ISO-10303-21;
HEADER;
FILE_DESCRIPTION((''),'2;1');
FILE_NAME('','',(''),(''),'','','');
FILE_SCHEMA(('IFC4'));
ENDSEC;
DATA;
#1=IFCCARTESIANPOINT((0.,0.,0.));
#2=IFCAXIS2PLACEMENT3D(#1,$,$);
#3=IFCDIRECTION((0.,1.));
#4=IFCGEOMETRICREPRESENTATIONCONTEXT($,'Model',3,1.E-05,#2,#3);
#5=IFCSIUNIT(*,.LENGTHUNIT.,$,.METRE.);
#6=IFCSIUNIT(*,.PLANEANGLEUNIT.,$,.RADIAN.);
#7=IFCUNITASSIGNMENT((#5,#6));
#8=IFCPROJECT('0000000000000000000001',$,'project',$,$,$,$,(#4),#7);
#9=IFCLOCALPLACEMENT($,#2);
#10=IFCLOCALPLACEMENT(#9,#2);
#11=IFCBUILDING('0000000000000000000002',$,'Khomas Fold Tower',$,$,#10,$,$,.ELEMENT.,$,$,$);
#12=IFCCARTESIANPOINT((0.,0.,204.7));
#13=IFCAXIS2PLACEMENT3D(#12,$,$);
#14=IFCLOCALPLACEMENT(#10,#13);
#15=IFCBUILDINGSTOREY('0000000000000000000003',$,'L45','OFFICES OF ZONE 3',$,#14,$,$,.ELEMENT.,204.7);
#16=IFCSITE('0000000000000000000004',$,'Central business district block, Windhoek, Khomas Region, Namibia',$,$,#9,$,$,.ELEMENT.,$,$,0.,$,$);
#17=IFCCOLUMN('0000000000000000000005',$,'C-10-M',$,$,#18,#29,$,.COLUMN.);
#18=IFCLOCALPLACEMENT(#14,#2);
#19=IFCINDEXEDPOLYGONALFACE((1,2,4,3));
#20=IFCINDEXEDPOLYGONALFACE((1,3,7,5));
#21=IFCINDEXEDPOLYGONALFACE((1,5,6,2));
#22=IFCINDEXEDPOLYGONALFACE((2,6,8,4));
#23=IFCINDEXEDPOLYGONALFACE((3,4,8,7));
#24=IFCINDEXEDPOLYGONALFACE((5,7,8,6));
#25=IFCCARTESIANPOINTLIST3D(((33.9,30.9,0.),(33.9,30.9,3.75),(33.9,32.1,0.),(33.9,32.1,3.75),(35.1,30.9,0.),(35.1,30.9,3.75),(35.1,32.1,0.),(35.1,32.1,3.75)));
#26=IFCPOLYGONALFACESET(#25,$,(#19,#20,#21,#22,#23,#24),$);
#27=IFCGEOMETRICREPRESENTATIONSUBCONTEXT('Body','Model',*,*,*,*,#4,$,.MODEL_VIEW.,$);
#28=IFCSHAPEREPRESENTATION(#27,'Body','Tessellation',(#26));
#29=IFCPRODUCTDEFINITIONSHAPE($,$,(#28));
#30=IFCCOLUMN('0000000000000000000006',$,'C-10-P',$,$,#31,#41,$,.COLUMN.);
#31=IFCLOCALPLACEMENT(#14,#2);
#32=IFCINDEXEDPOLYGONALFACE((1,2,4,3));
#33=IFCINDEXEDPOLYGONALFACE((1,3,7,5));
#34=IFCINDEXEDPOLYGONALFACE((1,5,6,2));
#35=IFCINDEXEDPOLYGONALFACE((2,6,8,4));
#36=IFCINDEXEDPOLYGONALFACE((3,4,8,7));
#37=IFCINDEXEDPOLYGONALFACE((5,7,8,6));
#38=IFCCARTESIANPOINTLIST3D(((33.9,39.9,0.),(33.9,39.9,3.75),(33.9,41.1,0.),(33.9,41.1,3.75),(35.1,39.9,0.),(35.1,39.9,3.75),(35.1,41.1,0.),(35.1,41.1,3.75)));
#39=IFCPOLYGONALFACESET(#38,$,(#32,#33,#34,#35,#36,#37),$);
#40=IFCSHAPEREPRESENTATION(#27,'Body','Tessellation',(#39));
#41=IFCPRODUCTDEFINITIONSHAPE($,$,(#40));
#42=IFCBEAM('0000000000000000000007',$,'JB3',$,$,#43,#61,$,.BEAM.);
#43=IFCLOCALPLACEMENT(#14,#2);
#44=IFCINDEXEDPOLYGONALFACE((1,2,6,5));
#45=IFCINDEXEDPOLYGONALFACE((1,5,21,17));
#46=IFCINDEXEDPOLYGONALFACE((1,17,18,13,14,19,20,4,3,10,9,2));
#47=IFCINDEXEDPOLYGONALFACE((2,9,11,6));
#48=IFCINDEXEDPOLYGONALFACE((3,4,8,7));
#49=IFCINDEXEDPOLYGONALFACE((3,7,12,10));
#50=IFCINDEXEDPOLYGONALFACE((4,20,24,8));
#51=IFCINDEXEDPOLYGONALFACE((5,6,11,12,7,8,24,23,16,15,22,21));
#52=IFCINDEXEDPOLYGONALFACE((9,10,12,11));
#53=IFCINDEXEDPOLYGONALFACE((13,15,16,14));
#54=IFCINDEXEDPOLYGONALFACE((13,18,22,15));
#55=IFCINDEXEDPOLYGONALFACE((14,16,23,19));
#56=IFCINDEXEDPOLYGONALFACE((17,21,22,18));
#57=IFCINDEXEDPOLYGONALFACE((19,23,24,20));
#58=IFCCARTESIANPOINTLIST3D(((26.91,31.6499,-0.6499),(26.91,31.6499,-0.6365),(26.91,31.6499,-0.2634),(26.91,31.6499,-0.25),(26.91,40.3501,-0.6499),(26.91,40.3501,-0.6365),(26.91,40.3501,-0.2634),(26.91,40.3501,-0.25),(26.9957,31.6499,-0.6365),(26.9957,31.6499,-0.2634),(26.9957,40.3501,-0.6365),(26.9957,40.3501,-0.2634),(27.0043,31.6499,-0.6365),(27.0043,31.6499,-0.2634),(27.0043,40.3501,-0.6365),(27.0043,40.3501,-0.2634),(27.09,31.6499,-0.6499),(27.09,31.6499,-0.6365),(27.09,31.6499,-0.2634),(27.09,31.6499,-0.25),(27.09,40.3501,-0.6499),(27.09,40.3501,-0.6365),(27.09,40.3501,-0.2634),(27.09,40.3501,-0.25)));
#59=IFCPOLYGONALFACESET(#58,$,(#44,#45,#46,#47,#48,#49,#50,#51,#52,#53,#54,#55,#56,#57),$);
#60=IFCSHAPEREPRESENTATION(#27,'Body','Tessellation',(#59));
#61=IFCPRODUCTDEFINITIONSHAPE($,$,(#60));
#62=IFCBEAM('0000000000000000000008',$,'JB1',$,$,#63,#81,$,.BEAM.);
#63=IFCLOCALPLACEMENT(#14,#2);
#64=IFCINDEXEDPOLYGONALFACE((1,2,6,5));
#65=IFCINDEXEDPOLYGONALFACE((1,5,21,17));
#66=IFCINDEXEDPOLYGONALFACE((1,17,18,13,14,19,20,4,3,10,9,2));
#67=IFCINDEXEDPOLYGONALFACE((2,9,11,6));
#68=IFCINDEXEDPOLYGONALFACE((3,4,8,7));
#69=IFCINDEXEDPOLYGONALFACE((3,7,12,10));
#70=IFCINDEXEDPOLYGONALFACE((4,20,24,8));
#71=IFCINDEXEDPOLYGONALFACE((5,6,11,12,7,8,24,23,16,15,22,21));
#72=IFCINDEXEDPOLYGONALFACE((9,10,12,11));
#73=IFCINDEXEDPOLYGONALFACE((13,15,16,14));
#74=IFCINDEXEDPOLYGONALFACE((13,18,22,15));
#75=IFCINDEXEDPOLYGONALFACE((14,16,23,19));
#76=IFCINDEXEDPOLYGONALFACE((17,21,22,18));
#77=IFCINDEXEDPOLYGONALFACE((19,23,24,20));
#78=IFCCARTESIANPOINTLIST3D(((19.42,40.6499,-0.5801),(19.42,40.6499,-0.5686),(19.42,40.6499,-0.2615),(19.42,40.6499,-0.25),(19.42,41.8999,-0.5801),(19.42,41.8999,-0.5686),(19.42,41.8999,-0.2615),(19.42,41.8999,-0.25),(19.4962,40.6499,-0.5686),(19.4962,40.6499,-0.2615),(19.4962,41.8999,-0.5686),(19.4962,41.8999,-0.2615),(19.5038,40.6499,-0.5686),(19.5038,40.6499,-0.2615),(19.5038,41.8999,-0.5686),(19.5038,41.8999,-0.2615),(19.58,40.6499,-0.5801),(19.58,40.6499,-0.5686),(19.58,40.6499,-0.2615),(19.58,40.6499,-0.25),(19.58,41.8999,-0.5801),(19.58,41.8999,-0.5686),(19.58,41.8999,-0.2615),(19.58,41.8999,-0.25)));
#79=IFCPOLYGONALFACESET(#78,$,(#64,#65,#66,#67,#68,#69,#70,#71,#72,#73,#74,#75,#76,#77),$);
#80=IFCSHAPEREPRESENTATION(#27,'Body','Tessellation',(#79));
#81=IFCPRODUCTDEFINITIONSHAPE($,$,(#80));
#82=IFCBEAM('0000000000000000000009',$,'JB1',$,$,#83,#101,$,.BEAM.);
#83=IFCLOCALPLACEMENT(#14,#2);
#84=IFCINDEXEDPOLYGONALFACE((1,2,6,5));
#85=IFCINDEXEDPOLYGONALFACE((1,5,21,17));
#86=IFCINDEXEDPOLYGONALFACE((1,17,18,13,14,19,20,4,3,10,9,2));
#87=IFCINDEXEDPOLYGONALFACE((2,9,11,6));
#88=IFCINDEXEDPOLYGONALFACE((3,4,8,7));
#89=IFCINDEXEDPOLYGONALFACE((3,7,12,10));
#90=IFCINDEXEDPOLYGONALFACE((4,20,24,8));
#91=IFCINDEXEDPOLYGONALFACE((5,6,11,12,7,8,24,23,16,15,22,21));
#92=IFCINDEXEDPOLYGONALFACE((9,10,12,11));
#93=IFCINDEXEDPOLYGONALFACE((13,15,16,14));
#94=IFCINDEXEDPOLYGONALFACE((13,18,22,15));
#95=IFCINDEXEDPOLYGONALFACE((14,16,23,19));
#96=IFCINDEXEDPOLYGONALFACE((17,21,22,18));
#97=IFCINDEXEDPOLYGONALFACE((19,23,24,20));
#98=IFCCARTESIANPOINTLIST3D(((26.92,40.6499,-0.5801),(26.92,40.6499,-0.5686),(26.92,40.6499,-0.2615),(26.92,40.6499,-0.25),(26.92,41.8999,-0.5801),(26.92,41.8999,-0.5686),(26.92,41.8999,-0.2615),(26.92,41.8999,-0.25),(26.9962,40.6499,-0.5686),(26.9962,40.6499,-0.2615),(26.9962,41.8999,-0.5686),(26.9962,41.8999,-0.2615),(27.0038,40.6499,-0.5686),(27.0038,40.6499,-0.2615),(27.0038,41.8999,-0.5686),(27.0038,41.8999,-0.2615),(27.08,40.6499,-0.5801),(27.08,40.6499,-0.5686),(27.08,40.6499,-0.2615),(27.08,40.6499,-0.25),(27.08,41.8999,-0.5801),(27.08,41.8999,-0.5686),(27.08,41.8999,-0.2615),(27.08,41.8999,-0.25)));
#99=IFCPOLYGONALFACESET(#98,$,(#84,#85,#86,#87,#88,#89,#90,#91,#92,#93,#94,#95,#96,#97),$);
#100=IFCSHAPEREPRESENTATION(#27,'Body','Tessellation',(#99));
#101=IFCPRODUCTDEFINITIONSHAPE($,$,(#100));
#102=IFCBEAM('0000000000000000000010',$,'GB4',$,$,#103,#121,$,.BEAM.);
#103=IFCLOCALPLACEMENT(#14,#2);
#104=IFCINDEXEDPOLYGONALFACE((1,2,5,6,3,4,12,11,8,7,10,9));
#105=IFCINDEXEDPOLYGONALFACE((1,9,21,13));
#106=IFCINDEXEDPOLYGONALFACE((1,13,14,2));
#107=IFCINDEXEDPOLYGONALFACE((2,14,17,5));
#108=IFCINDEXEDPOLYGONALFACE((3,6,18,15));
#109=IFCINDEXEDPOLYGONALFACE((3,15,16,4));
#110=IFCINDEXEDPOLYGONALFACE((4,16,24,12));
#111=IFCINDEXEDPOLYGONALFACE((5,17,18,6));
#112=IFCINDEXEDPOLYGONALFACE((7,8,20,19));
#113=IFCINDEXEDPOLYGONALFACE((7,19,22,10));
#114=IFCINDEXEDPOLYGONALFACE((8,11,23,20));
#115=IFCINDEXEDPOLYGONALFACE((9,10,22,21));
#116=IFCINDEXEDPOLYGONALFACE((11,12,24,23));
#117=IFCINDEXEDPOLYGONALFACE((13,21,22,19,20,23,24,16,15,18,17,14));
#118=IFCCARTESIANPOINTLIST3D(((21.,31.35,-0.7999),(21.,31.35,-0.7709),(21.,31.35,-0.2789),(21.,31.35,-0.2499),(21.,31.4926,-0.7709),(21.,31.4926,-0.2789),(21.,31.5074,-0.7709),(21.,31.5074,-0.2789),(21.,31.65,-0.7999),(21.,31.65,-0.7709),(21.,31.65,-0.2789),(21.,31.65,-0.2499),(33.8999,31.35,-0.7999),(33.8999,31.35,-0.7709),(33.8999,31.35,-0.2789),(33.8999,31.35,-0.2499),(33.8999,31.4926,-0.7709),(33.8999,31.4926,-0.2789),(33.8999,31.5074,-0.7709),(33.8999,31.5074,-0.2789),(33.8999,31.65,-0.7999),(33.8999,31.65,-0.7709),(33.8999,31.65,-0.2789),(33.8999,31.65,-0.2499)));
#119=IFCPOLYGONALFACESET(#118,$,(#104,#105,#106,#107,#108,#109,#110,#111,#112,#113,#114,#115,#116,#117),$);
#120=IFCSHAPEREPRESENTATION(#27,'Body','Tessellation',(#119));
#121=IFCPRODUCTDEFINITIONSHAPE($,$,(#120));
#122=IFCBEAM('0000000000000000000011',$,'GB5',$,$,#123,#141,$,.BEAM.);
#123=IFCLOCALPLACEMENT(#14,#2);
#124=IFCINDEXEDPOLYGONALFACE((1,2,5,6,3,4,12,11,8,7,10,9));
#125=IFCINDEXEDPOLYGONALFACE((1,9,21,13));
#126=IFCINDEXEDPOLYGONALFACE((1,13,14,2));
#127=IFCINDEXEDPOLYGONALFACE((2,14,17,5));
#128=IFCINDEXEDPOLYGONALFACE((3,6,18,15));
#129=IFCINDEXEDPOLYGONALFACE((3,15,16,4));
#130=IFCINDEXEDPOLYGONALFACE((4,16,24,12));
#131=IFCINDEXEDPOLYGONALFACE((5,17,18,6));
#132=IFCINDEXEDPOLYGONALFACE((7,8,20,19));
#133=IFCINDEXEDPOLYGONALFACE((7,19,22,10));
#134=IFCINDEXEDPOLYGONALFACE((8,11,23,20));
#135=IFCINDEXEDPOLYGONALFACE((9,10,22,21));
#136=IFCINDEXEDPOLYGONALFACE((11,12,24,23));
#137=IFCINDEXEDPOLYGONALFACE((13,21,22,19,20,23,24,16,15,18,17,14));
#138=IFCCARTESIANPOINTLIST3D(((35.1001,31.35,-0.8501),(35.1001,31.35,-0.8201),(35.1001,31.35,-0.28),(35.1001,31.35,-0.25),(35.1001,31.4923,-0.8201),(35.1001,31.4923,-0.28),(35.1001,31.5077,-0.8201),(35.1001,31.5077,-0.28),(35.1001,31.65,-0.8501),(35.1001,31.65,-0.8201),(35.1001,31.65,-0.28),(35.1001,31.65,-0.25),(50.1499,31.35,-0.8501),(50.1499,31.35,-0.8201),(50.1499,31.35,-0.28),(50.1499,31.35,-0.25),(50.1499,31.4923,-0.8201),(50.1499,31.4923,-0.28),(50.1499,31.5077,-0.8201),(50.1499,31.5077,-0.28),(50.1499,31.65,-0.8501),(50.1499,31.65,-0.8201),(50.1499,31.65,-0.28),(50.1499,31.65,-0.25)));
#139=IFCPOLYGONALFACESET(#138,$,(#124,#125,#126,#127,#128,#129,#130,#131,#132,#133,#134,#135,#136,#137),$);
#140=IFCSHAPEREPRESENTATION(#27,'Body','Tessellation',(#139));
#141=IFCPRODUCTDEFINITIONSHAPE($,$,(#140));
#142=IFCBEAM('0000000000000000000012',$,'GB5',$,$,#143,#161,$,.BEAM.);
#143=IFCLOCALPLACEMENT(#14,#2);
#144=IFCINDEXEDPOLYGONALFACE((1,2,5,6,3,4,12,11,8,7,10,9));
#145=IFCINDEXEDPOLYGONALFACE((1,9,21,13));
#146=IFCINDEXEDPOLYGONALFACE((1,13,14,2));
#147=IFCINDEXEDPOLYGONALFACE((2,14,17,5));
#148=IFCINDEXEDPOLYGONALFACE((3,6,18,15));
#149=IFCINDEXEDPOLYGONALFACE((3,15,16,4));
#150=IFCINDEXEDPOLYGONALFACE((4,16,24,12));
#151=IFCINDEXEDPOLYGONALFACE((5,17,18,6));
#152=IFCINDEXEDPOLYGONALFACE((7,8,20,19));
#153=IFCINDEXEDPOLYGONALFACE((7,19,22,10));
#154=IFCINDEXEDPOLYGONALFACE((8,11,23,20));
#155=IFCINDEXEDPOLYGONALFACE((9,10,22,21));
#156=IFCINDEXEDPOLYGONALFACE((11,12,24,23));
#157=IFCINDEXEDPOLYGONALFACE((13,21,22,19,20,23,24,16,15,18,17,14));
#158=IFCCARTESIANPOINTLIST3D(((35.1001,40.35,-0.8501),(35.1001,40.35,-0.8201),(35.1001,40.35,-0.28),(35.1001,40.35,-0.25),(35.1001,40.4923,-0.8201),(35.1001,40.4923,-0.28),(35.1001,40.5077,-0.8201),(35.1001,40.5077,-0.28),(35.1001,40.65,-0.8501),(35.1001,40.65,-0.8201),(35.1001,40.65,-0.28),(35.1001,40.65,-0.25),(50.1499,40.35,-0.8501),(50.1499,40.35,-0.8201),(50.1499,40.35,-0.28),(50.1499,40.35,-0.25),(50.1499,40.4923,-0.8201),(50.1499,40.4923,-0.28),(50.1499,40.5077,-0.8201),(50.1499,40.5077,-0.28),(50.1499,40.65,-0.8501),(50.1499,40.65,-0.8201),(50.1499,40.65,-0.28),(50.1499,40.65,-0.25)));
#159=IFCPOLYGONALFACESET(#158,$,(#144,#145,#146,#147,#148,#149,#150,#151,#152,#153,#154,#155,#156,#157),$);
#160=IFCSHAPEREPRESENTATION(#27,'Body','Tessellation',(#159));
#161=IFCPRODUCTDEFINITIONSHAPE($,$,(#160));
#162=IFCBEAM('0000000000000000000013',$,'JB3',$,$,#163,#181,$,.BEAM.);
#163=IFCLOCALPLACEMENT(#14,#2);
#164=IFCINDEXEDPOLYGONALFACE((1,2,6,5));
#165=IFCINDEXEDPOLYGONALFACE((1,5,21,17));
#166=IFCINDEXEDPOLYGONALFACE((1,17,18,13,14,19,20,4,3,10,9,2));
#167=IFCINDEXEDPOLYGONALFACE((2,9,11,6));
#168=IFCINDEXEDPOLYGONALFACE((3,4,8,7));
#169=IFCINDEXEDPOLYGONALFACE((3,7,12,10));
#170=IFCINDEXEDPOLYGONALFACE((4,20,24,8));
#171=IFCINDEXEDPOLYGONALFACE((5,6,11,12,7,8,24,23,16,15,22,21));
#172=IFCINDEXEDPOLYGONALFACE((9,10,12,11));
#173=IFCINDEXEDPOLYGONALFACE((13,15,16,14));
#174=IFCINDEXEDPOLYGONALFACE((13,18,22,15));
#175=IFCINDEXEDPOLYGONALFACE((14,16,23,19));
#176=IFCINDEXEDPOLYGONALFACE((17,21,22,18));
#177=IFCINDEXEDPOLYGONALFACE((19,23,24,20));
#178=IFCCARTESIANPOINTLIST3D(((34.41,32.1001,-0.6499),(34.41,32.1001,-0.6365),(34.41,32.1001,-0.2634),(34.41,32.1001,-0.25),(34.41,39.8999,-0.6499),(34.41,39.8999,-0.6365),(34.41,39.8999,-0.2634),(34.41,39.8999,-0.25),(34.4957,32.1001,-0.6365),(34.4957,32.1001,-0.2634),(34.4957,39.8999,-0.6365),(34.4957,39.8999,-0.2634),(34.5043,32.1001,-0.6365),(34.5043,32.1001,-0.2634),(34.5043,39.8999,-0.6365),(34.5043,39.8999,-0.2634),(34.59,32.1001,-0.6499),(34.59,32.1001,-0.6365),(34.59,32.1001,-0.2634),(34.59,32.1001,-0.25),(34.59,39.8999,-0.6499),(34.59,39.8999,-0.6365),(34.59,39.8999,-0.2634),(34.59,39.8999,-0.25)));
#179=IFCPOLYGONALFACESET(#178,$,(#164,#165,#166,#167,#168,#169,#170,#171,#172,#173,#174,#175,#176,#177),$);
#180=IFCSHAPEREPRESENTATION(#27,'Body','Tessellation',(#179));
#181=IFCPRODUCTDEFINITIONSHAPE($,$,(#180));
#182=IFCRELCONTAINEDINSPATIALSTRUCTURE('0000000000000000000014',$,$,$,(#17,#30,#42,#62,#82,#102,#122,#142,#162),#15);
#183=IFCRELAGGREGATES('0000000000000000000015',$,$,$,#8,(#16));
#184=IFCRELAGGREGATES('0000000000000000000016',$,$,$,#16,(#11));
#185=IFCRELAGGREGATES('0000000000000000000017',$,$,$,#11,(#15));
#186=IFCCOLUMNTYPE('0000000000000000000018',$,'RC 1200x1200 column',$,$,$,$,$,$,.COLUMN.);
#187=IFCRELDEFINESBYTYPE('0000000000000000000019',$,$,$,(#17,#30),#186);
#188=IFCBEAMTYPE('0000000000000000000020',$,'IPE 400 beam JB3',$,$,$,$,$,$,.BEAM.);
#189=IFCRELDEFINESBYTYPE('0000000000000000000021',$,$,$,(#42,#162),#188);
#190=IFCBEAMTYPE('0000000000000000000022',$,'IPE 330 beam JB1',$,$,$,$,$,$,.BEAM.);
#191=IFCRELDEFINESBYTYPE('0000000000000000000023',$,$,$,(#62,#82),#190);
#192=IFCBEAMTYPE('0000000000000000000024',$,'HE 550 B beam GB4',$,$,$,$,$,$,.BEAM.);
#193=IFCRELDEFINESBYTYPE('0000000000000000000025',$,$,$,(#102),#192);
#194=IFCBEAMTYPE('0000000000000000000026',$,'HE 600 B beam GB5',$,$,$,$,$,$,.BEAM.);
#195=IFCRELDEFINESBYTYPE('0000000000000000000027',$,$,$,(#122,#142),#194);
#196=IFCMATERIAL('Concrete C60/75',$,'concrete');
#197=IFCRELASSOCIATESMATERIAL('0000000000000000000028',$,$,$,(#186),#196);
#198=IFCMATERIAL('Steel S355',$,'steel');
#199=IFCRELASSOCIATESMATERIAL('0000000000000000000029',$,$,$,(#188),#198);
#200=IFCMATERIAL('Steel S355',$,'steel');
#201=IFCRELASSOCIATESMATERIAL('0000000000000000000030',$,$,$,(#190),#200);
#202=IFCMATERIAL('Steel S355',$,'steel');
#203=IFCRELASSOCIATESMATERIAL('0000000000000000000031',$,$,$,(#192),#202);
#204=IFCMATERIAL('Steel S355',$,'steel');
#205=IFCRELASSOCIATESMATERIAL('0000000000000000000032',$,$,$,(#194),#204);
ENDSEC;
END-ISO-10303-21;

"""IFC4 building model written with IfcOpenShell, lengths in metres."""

from ifc_helpers import new_model, si_unit, direction, frame, origin, origin_2d, place, context, subcontext, project, spatial, rectangle, i_section, extrude, source, transform, mapped, material, material_profile, profile_set, type_object, element, save


model = new_model("IFC4")

# Units and contexts
model_context = context("Model", 3, precision=1e-05, world=origin(), true_north=direction((0.0, 1.0)))
body_context = subcontext(model_context, "Body", "Model", "MODEL_VIEW")
ifc_project = project(units=[si_unit("LENGTHUNIT", "METRE"), si_unit("PLANEANGLEUNIT", "RADIAN")], contexts=[model_context])

# Site, building, storey
site_placement = place(None, origin())
site = spatial("IfcSite", under=ifc_project, at=site_placement, Name="Central business district block, Windhoek, Khomas Region, Namibia", CompositionType="ELEMENT", RefElevation=0.0)
building_placement = place(site_placement, origin())
building = spatial("IfcBuilding", under=site, at=building_placement, Name="Khomas Fold Tower", CompositionType="ELEMENT")
storey_placement = place(building_placement, frame((0.0, 0.0, 204.7)))
storey = spatial("IfcBuildingStorey", under=building, at=storey_placement, Name="L45", Description="OFFICES OF ZONE 3", CompositionType="ELEMENT", Elevation=204.7)

# Columns
ifc_material_1 = material(Name="Concrete C60/75", Category="concrete")
ifc_material_profile_1 = material_profile(ifc_material_1, rectangle(XDim=1.2, YDim=1.2, at=origin_2d()), Name="RC 1200x1200")
ifc_profile_set_1 = profile_set([ifc_material_profile_1], Name="Concrete C60/75")
column_type = type_object("IfcColumnType", Name="RC 1200x1200 column", PredefinedType="COLUMN", material=ifc_profile_set_1)
shared_shape_1 = source(origin(), body_context, "Body", "SweptSolid", [
    extrude(rectangle(XDim=1.2, YDim=1.2, at=origin_2d()), origin(), (0.0, 0.0, 1.0), 3.75),
])
for number, where, z_axis, x_axis, name in (
    (1, (34.5, 31.5, 0.0), (0.0, 0.0, 1.0), (1.0, 0.0, 0.0), "C-10-M"),
    (2, (34.5, 40.5, 0.0), (0.0, 0.0, 1.0), (1.0, 0.0, 0.0), "C-10-P"),
):
    element("IfcColumn", number, at=place(storey_placement, frame(where, z_axis=z_axis, x_axis=x_axis)), inside=storey, type_object=column_type, Name=name, PredefinedType="COLUMN", context=body_context, shape_type="MappedRepresentation", body=[
        mapped(shared_shape_1, transform((0.0, 0.0, 0.0))),
    ])

# Beams
ifc_material_2 = material(Name="Steel S355", Category="steel")
ifc_material_profile_2 = material_profile(ifc_material_2, i_section(OverallWidth=0.1799, OverallDepth=0.3999, WebThickness=0.0085, FlangeThickness=0.0134, at=origin_2d()), Name="IPE 400")
ifc_profile_set_2 = profile_set([ifc_material_profile_2], Name="Steel S355")
beam_type_1 = type_object("IfcBeamType", Name="IPE 400 beam JB3", PredefinedType="BEAM", material=ifc_profile_set_2)
shared_shape_2 = source(origin(), body_context, "Body", "SweptSolid", [
    extrude(i_section(OverallWidth=0.1799, OverallDepth=0.3999, WebThickness=0.0085, FlangeThickness=0.0134, at=origin_2d()), origin(), (0.0, 0.0, 1.0), 8.7002),
])
beam_1_placement = place(storey_placement, frame((27.0, 31.6499, -0.45), z_axis=(0.0, 1.0, 0.0), x_axis=(-1.0, 0.0, 0.0)))
element("IfcBeam", 3, at=beam_1_placement, inside=storey, type_object=beam_type_1, Name="JB3", PredefinedType="BEAM", context=body_context, shape_type="MappedRepresentation", body=[
    mapped(shared_shape_2, transform((0.0, 0.0, 0.0))),
])
ifc_material_3 = material(Name="Steel S355", Category="steel")
ifc_material_profile_3 = material_profile(ifc_material_3, i_section(OverallWidth=0.1599, OverallDepth=0.3301, WebThickness=0.0076, FlangeThickness=0.0115, at=origin_2d()), Name="IPE 330")
ifc_profile_set_3 = profile_set([ifc_material_profile_3], Name="Steel S355")
beam_type_2 = type_object("IfcBeamType", Name="IPE 330 beam JB1", PredefinedType="BEAM", material=ifc_profile_set_3)
shared_shape_3 = source(origin(), body_context, "Body", "SweptSolid", [
    extrude(i_section(OverallWidth=0.1599, OverallDepth=0.3301, WebThickness=0.0076, FlangeThickness=0.0115, at=origin_2d()), origin(), (0.0, 0.0, 1.0), 1.25),
])
for number, where, z_axis, x_axis, name in (
    (4, (19.5, 40.6499, -0.415), (0.0, 1.0, 0.0), (-1.0, 0.0, 0.0), "JB1"),
    (5, (27.0, 40.6499, -0.415), (0.0, 1.0, 0.0), (-1.0, 0.0, 0.0), "JB1"),
):
    element("IfcBeam", number, at=place(storey_placement, frame(where, z_axis=z_axis, x_axis=x_axis)), inside=storey, type_object=beam_type_2, Name=name, PredefinedType="BEAM", context=body_context, shape_type="MappedRepresentation", body=[
        mapped(shared_shape_3, transform((0.0, 0.0, 0.0))),
    ])
ifc_material_4 = material(Name="Steel S355", Category="steel")
ifc_material_profile_4 = material_profile(ifc_material_4, i_section(OverallWidth=0.3, OverallDepth=0.55, WebThickness=0.0149, FlangeThickness=0.0291, at=origin_2d()), Name="HE 550 B")
ifc_profile_set_4 = profile_set([ifc_material_profile_4], Name="Steel S355")
beam_type_3 = type_object("IfcBeamType", Name="HE 550 B beam GB4", PredefinedType="BEAM", material=ifc_profile_set_4)
shared_shape_4 = source(origin(), body_context, "Body", "SweptSolid", [
    extrude(i_section(OverallWidth=0.3, OverallDepth=0.55, WebThickness=0.0149, FlangeThickness=0.0291, at=origin_2d()), origin(), (0.0, 0.0, 1.0), 12.8999),
])
beam_2_placement = place(storey_placement, frame((21.0, 31.5, -0.5249), z_axis=(1.0, 0.0, 0.0), x_axis=(0.0, 1.0, 0.0)))
element("IfcBeam", 6, at=beam_2_placement, inside=storey, type_object=beam_type_3, Name="GB4", PredefinedType="BEAM", context=body_context, shape_type="MappedRepresentation", body=[
    mapped(shared_shape_4, transform((0.0, 0.0, 0.0))),
])
ifc_material_5 = material(Name="Steel S355", Category="steel")
ifc_material_profile_5 = material_profile(ifc_material_5, i_section(OverallWidth=0.3, OverallDepth=0.6001, WebThickness=0.0154, FlangeThickness=0.03, at=origin_2d()), Name="HE 600 B")
ifc_profile_set_5 = profile_set([ifc_material_profile_5], Name="Steel S355")
beam_type_4 = type_object("IfcBeamType", Name="HE 600 B beam GB5", PredefinedType="BEAM", material=ifc_profile_set_5)
shared_shape_5 = source(origin(), body_context, "Body", "SweptSolid", [
    extrude(i_section(OverallWidth=0.3, OverallDepth=0.6001, WebThickness=0.0154, FlangeThickness=0.03, at=origin_2d()), origin(), (0.0, 0.0, 1.0), 15.0498),
])
for number, where, z_axis, x_axis, name in (
    (7, (35.1001, 31.5, -0.55), (1.0, 0.0, 0.0), (0.0, 1.0, 0.0), "GB5"),
    (8, (35.1001, 40.5, -0.55), (1.0, 0.0, 0.0), (0.0, 1.0, 0.0), "GB5"),
):
    element("IfcBeam", number, at=place(storey_placement, frame(where, z_axis=z_axis, x_axis=x_axis)), inside=storey, type_object=beam_type_4, Name=name, PredefinedType="BEAM", context=body_context, shape_type="MappedRepresentation", body=[
        mapped(shared_shape_5, transform((0.0, 0.0, 0.0))),
    ])
shared_shape_6 = source(origin(), body_context, "Body", "SweptSolid", [
    extrude(i_section(OverallWidth=0.1799, OverallDepth=0.3999, WebThickness=0.0085, FlangeThickness=0.0134, at=origin_2d()), origin(), (0.0, 0.0, 1.0), 7.7998),
])
beam_3_placement = place(storey_placement, frame((34.5, 32.1001, -0.45), z_axis=(0.0, 1.0, 0.0), x_axis=(-1.0, 0.0, 0.0)))
element("IfcBeam", 9, at=beam_3_placement, inside=storey, type_object=beam_type_1, Name="JB3", PredefinedType="BEAM", context=body_context, shape_type="MappedRepresentation", body=[
    mapped(shared_shape_6, transform((0.0, 0.0, 0.0))),
])

save(model, "model.ifc")
